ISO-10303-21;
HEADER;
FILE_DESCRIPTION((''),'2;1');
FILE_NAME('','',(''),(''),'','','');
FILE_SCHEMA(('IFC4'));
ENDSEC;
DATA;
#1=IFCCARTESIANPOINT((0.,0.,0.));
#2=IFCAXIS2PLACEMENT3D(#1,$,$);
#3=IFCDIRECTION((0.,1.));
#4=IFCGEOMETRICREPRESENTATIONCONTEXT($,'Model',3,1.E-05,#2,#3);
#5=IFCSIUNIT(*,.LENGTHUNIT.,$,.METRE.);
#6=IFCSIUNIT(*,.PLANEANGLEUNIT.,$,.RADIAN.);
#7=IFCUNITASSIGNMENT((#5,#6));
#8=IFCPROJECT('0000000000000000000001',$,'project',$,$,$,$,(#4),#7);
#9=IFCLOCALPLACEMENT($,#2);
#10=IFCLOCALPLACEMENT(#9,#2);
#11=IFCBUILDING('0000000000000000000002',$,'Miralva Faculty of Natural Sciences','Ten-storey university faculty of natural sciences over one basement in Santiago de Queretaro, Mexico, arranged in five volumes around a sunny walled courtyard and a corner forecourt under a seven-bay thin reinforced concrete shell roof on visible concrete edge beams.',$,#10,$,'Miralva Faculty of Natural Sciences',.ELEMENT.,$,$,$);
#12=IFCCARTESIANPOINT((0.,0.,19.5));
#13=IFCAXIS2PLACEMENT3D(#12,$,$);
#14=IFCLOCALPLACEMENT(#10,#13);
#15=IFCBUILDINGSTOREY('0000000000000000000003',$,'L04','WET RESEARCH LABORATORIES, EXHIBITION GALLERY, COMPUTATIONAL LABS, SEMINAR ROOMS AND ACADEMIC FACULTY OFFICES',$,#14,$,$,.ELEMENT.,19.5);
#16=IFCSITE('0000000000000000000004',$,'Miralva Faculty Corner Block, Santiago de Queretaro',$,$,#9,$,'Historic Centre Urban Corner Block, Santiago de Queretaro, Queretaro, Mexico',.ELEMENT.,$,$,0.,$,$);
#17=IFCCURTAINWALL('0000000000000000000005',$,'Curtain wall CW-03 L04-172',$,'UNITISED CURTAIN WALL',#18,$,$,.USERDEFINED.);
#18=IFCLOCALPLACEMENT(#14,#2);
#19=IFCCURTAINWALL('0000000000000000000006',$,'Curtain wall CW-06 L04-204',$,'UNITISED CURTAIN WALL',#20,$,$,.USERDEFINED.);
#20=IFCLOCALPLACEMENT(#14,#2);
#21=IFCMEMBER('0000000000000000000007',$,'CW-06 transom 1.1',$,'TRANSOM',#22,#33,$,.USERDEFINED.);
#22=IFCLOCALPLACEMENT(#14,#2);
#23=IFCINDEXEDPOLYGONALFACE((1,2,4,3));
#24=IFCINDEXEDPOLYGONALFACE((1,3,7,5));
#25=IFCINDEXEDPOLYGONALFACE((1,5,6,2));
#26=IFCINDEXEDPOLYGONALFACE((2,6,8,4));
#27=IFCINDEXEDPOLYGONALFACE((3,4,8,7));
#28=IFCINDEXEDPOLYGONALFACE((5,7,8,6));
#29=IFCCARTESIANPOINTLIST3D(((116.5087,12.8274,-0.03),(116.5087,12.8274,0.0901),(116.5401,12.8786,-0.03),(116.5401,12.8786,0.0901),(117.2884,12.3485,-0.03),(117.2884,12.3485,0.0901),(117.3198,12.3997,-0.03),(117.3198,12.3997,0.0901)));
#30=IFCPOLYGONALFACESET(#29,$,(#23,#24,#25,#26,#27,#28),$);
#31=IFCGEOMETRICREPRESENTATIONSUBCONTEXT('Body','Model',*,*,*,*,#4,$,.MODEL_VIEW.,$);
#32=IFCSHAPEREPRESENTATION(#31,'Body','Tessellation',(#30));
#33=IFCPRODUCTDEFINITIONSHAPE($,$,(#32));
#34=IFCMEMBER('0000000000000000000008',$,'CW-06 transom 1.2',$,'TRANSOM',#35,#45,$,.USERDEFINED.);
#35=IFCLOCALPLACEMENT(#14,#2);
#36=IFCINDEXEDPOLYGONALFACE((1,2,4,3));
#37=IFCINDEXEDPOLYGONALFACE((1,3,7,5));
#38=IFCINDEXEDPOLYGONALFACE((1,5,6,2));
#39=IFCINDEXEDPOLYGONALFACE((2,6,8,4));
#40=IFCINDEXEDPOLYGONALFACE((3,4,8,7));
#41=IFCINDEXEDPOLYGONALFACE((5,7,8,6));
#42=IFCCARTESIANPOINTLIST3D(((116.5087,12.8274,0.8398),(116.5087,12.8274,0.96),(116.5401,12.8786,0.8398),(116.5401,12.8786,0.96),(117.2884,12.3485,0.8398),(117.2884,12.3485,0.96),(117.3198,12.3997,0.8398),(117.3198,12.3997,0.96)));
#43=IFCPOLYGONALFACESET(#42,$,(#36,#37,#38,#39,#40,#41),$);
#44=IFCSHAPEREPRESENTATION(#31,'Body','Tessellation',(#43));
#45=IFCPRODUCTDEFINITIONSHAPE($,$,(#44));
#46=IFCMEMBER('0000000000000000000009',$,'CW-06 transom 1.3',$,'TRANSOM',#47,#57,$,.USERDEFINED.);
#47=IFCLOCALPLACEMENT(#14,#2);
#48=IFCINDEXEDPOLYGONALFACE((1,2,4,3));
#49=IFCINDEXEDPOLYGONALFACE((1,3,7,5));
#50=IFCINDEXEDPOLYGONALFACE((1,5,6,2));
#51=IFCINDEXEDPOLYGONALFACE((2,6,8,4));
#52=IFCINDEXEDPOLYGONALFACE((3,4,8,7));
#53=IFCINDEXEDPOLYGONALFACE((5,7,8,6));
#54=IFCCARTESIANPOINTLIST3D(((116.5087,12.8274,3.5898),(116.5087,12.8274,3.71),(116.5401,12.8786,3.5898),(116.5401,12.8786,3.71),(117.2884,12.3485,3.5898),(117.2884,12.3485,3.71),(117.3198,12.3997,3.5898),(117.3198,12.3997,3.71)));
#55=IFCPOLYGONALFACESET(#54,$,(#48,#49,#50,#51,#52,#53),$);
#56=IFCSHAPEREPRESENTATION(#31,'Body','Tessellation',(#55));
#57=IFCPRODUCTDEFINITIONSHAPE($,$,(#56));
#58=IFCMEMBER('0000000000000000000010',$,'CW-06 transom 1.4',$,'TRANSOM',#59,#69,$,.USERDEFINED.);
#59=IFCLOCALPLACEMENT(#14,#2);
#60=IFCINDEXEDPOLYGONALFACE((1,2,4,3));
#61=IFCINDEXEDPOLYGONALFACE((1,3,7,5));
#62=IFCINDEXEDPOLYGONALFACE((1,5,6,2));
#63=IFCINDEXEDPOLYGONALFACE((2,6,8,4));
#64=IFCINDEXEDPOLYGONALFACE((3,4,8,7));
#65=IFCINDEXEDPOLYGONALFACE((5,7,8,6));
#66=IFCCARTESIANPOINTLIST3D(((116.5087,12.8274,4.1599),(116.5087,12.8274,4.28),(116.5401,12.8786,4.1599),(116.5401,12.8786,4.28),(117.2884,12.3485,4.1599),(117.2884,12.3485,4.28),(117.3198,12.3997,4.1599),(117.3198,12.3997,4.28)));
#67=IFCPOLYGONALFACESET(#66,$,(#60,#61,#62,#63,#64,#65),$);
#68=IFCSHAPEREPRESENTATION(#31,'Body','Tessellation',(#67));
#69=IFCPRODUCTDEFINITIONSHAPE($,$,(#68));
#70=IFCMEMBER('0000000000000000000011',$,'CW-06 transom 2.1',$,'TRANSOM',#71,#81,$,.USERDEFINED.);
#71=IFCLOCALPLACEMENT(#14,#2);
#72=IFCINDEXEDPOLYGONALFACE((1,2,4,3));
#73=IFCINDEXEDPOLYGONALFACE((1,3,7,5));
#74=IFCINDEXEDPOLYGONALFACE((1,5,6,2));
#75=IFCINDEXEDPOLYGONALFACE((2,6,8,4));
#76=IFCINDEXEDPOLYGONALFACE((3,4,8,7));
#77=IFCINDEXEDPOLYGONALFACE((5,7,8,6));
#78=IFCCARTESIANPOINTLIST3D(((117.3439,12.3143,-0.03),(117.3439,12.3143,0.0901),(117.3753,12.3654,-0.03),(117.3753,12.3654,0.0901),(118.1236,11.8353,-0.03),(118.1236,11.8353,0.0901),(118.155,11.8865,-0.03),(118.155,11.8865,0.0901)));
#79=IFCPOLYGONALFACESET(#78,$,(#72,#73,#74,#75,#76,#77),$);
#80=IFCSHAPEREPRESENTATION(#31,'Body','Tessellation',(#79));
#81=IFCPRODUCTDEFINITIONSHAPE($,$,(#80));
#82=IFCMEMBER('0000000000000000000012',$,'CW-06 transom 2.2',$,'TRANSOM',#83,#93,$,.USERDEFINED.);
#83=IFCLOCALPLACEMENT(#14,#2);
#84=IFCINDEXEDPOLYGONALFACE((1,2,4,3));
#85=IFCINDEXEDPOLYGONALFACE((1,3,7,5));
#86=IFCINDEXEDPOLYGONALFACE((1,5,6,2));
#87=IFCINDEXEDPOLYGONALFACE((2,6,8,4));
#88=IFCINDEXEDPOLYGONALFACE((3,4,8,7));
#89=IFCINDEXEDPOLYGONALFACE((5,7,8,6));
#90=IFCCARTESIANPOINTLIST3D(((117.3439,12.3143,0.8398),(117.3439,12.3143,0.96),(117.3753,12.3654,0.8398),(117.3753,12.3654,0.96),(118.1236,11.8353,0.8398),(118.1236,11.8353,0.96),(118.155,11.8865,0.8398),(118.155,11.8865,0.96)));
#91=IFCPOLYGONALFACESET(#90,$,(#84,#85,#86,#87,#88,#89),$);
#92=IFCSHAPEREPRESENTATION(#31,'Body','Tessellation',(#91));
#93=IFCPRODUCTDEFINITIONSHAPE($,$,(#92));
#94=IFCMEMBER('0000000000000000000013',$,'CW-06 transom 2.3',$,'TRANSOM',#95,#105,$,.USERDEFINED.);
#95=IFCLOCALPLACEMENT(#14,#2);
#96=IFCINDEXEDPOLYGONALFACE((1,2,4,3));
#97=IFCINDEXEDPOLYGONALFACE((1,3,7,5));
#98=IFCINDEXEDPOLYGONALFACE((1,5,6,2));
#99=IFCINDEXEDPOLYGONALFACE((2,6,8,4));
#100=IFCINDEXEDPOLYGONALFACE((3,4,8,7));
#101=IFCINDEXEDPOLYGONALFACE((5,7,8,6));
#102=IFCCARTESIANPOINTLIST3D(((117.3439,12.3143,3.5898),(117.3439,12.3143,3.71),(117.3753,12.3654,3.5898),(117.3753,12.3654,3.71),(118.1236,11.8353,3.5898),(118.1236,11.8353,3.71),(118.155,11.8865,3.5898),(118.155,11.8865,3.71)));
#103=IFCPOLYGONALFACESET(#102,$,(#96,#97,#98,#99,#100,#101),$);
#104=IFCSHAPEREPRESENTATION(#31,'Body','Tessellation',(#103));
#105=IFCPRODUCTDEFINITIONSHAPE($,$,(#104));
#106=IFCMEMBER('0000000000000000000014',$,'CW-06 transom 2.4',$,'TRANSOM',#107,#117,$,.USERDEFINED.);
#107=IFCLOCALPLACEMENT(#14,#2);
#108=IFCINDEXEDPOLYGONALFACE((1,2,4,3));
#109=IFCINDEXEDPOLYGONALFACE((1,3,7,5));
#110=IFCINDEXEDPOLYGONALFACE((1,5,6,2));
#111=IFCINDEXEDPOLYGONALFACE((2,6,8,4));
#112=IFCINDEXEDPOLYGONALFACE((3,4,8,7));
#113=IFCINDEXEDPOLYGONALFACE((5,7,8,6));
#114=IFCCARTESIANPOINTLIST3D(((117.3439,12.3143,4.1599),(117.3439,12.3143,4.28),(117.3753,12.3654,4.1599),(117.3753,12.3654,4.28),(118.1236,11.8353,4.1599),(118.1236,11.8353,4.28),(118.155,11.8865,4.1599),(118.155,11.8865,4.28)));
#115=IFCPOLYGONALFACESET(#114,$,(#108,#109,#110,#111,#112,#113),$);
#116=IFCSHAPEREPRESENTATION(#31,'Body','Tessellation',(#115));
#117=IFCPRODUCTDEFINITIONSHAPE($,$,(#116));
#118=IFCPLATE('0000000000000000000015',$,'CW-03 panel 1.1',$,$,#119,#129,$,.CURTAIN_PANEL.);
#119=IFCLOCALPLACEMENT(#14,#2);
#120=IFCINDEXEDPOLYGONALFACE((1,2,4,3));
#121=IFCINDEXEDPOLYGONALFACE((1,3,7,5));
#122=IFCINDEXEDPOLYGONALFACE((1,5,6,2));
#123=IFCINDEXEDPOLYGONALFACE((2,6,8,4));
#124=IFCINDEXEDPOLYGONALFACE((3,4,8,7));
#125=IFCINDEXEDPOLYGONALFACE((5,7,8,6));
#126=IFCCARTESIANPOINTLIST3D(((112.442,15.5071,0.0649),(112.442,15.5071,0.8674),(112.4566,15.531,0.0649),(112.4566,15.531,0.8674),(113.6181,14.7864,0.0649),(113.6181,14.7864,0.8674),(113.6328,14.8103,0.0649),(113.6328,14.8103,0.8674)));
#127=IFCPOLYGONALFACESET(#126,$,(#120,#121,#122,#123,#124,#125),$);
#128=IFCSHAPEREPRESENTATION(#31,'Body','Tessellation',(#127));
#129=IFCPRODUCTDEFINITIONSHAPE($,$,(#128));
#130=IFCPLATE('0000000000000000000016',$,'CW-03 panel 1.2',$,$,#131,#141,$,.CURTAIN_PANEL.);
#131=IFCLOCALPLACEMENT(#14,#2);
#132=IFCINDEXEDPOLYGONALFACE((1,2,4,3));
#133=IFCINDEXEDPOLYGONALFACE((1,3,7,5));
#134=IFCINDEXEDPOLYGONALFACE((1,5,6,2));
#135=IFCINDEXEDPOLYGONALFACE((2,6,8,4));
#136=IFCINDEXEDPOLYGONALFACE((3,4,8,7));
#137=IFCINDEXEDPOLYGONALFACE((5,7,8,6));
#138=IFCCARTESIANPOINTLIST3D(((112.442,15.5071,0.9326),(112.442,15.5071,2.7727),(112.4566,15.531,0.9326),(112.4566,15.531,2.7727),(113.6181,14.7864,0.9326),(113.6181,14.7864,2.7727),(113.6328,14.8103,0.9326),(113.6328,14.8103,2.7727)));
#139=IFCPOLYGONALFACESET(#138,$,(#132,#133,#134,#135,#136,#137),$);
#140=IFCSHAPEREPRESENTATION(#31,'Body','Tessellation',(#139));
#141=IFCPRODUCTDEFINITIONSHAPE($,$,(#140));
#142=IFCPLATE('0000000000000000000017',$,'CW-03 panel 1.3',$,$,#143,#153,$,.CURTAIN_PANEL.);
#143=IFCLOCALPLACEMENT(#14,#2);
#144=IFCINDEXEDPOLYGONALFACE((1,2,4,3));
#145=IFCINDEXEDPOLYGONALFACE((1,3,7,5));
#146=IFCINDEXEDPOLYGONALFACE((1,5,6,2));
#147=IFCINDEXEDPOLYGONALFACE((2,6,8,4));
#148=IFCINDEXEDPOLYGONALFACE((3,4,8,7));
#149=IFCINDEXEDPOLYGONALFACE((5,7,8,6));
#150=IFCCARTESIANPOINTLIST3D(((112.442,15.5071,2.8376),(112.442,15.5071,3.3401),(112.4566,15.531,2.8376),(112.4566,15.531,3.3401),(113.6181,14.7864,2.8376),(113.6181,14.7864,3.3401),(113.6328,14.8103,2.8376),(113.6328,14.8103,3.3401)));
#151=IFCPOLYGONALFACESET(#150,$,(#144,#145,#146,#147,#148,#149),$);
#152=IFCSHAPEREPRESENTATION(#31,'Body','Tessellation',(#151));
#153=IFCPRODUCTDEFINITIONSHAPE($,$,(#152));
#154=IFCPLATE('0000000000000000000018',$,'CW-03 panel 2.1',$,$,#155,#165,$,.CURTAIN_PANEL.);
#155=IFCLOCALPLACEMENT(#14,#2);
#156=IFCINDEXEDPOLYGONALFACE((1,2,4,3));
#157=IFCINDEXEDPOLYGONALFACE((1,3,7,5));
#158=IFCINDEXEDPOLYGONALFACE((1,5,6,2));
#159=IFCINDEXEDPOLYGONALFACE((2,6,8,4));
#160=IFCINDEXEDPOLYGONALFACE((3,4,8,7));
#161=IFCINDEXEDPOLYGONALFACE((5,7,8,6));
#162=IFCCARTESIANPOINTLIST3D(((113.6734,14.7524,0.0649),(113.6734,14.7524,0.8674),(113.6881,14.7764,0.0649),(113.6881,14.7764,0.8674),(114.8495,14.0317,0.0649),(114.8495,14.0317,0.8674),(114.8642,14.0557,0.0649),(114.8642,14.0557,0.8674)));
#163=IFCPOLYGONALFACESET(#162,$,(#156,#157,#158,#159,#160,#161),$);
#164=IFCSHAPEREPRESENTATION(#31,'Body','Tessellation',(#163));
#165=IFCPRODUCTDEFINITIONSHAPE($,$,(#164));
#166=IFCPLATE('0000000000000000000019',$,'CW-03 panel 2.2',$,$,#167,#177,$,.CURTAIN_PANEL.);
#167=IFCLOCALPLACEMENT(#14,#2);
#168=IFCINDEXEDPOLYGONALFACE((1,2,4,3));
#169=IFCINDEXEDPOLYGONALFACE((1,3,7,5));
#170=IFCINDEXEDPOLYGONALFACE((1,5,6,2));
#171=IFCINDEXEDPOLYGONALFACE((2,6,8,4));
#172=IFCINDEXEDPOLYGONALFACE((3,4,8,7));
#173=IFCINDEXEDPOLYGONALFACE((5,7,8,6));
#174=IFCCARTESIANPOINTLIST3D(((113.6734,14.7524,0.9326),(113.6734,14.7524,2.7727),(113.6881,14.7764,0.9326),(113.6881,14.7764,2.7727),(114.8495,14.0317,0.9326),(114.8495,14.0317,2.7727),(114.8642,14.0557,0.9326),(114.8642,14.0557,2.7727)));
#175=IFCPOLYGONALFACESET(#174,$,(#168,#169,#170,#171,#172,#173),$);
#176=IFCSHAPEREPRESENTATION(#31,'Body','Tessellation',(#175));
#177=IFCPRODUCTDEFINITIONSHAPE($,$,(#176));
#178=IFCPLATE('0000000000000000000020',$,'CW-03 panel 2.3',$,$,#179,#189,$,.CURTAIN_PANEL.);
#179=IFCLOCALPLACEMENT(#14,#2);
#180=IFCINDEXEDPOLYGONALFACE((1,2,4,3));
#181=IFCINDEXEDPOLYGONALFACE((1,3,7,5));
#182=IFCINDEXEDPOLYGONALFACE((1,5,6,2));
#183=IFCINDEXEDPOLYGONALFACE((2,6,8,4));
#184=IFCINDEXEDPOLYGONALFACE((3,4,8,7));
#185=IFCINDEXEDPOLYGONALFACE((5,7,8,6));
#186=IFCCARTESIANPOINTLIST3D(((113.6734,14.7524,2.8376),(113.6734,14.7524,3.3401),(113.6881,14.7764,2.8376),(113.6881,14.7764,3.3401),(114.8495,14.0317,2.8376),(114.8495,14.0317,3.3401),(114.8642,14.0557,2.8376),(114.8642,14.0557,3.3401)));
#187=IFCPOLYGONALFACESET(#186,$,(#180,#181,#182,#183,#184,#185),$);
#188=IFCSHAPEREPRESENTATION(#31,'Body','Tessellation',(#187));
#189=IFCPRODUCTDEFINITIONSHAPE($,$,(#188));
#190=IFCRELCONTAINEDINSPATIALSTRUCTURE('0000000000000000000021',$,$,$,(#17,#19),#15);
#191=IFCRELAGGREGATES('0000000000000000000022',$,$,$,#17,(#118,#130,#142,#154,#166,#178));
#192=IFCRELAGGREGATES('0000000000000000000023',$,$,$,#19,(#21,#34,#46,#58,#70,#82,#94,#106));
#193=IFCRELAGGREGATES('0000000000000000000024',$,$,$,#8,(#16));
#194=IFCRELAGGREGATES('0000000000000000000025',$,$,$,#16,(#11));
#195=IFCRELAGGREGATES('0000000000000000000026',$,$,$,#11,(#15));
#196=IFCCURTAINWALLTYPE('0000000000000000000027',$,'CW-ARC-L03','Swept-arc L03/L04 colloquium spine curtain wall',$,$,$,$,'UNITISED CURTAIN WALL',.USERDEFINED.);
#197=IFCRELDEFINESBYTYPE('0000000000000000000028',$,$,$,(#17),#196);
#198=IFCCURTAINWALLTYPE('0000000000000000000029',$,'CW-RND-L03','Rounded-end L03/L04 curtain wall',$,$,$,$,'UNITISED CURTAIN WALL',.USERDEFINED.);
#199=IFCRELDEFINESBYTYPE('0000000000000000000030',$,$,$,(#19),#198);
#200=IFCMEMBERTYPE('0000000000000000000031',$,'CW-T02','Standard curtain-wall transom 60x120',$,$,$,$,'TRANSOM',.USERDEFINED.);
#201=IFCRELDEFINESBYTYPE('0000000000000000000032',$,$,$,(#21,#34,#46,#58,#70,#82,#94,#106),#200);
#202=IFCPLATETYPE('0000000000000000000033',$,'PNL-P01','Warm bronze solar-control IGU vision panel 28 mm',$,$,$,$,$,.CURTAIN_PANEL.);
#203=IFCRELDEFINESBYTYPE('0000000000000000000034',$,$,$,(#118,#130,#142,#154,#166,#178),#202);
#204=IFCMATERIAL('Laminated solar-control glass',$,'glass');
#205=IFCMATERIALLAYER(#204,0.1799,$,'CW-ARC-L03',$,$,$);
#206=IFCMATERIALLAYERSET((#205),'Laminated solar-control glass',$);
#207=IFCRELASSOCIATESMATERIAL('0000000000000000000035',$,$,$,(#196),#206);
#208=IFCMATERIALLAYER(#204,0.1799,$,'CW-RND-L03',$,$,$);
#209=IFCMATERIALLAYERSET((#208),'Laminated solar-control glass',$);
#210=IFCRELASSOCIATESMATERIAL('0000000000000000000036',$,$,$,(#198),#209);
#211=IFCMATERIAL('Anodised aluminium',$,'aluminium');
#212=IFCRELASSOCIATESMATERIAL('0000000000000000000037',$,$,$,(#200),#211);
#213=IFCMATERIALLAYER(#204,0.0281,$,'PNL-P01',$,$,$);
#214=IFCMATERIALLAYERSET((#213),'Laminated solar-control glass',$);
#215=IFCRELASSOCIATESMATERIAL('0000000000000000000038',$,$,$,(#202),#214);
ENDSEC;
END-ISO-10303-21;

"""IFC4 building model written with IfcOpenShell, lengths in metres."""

from ifc_helpers import new_model, si_unit, direction, frame, origin, origin_2d, place, context, subcontext, project, spatial, rectangle, extrude, material, layer, layer_set, material_profile, profile_set, type_object, element, aggregate, save


model = new_model("IFC4")

# Units and contexts
model_context = context("Model", 3, precision=1e-05, world=origin(), true_north=direction((0.0, 1.0)))
body_context = subcontext(model_context, "Body", "Model", "MODEL_VIEW")
ifc_project = project(units=[si_unit("LENGTHUNIT", "METRE"), si_unit("PLANEANGLEUNIT", "RADIAN")], contexts=[model_context])

# Site, building, storey
site_placement = place(None, origin())
site = spatial("IfcSite", under=ifc_project, at=site_placement, Name="Miralva Faculty Corner Block, Santiago de Queretaro", LongName="Historic Centre Urban Corner Block, Santiago de Queretaro, Queretaro, Mexico", CompositionType="ELEMENT", RefElevation=0.0)
building_placement = place(site_placement, origin())
building = spatial("IfcBuilding", under=site, at=building_placement, Name="Miralva Faculty of Natural Sciences", Description="Ten-storey university faculty of natural sciences over one basement in Santiago de Queretaro, Mexico, arranged in five volumes around a sunny walled courtyard and a corner forecourt under a seven-bay thin reinforced concrete shell roof on visible concrete edge beams.", LongName="Miralva Faculty of Natural Sciences", CompositionType="ELEMENT")
storey_placement = place(building_placement, frame((0.0, 0.0, 19.5)))
storey = spatial("IfcBuildingStorey", under=building, at=storey_placement, Name="L04", Description="WET RESEARCH LABORATORIES, EXHIBITION GALLERY, COMPUTATIONAL LABS, SEMINAR ROOMS AND ACADEMIC FACULTY OFFICES", CompositionType="ELEMENT", Elevation=19.5)

# Curtain walls
ifc_material_1 = material(Name="Laminated solar-control glass", Category="glass")
ifc_layer_1 = layer(ifc_material_1, 0.1799, Name="CW-ARC-L03")
ifc_layer_set_1 = layer_set([ifc_layer_1], Name="Laminated solar-control glass")
curtain_wall_type_1 = type_object("IfcCurtainWallType", Name="CW-ARC-L03", Description="Swept-arc L03/L04 colloquium spine curtain wall", ElementType="UNITISED CURTAIN WALL", PredefinedType="USERDEFINED", material=ifc_layer_set_1)
curtain_wall_1_placement = place(storey_placement, origin())
curtain_wall_1 = element("IfcCurtainWall", 1, at=curtain_wall_1_placement, inside=storey, type_object=curtain_wall_type_1, Name="Curtain wall CW-03 L04-172", ObjectType="UNITISED CURTAIN WALL", PredefinedType="USERDEFINED")
ifc_material_2 = material(Name="Anodised aluminium", Category="aluminium")
ifc_layer_2 = layer(ifc_material_1, 0.1799, Name="CW-RND-L03")
ifc_layer_set_2 = layer_set([ifc_layer_2], Name="Laminated solar-control glass")
curtain_wall_type_2 = type_object("IfcCurtainWallType", Name="CW-RND-L03", Description="Rounded-end L03/L04 curtain wall", ElementType="UNITISED CURTAIN WALL", PredefinedType="USERDEFINED", material=ifc_layer_set_2)
curtain_wall_2_placement = place(storey_placement, origin())
curtain_wall_2 = element("IfcCurtainWall", 2, at=curtain_wall_2_placement, inside=storey, type_object=curtain_wall_type_2, Name="Curtain wall CW-06 L04-204", ObjectType="UNITISED CURTAIN WALL", PredefinedType="USERDEFINED")

# Members
ifc_material_profile_1 = material_profile(ifc_material_2, rectangle(XDim=0.0601, YDim=0.1201, at=origin_2d()), Name="TRANSOM 60x120")
ifc_profile_set_1 = profile_set([ifc_material_profile_1], Name="Anodised aluminium")
member_type_1 = type_object("IfcMemberType", Name="CW-T02", Description="Standard curtain-wall transom 60x120", ElementType="TRANSOM", PredefinedType="USERDEFINED", material=ifc_profile_set_1)
member_1_placement = place(storey_placement, frame((116.5244, 12.853, 0.03), z_axis=(0.852079, -0.523413, 0.0), x_axis=(0.523413, 0.852079, 0.0)))
member_1 = element("IfcMember", 3, at=member_1_placement, type_object=member_type_1, Name="CW-06 transom 1.1", ObjectType="TRANSOM", PredefinedType="USERDEFINED", context=body_context, shape_type="SweptSolid", body=[
    extrude(rectangle(XDim=0.0601, YDim=0.1201, at=origin_2d()), origin(), (0.0, 0.0, 1.0), 0.915),
])
member_2_placement = place(storey_placement, frame((116.5244, 12.853, 0.8999), z_axis=(0.852079, -0.523413, 0.0), x_axis=(0.523413, 0.852079, 0.0)))
member_2 = element("IfcMember", 4, at=member_2_placement, type_object=member_type_1, Name="CW-06 transom 1.2", ObjectType="TRANSOM", PredefinedType="USERDEFINED", context=body_context, shape_type="SweptSolid", body=[
    extrude(rectangle(XDim=0.0601, YDim=0.1201, at=origin_2d()), origin(), (0.0, 0.0, 1.0), 0.915),
])
member_3_placement = place(storey_placement, frame((116.5244, 12.853, 3.6499), z_axis=(0.852079, -0.523413, 0.0), x_axis=(0.523413, 0.852079, 0.0)))
member_3 = element("IfcMember", 5, at=member_3_placement, type_object=member_type_1, Name="CW-06 transom 1.3", ObjectType="TRANSOM", PredefinedType="USERDEFINED", context=body_context, shape_type="SweptSolid", body=[
    extrude(rectangle(XDim=0.0601, YDim=0.1201, at=origin_2d()), origin(), (0.0, 0.0, 1.0), 0.915),
])
member_4_placement = place(storey_placement, frame((116.5244, 12.853, 4.22), z_axis=(0.852079, -0.523413, 0.0), x_axis=(0.523413, 0.852079, 0.0)))
member_4 = element("IfcMember", 6, at=member_4_placement, type_object=member_type_1, Name="CW-06 transom 1.4", ObjectType="TRANSOM", PredefinedType="USERDEFINED", context=body_context, shape_type="SweptSolid", body=[
    extrude(rectangle(XDim=0.0601, YDim=0.1201, at=origin_2d()), origin(), (0.0, 0.0, 1.0), 0.915),
])
member_5_placement = place(storey_placement, frame((117.3596, 12.3398, 0.03), z_axis=(0.852079, -0.523413, 0.0), x_axis=(0.523413, 0.852079, 0.0)))
member_5 = element("IfcMember", 7, at=member_5_placement, type_object=member_type_1, Name="CW-06 transom 2.1", ObjectType="TRANSOM", PredefinedType="USERDEFINED", context=body_context, shape_type="SweptSolid", body=[
    extrude(rectangle(XDim=0.0601, YDim=0.1201, at=origin_2d()), origin(), (0.0, 0.0, 1.0), 0.915),
])
member_6_placement = place(storey_placement, frame((117.3596, 12.3398, 0.8999), z_axis=(0.852079, -0.523413, 0.0), x_axis=(0.523413, 0.852079, 0.0)))
member_6 = element("IfcMember", 8, at=member_6_placement, type_object=member_type_1, Name="CW-06 transom 2.2", ObjectType="TRANSOM", PredefinedType="USERDEFINED", context=body_context, shape_type="SweptSolid", body=[
    extrude(rectangle(XDim=0.0601, YDim=0.1201, at=origin_2d()), origin(), (0.0, 0.0, 1.0), 0.915),
])
member_7_placement = place(storey_placement, frame((117.3596, 12.3398, 3.6499), z_axis=(0.852079, -0.523413, 0.0), x_axis=(0.523413, 0.852079, 0.0)))
member_7 = element("IfcMember", 9, at=member_7_placement, type_object=member_type_1, Name="CW-06 transom 2.3", ObjectType="TRANSOM", PredefinedType="USERDEFINED", context=body_context, shape_type="SweptSolid", body=[
    extrude(rectangle(XDim=0.0601, YDim=0.1201, at=origin_2d()), origin(), (0.0, 0.0, 1.0), 0.915),
])
member_8_placement = place(storey_placement, frame((117.3596, 12.3398, 4.22), z_axis=(0.852079, -0.523413, 0.0), x_axis=(0.523413, 0.852079, 0.0)))
member_8 = element("IfcMember", 10, at=member_8_placement, type_object=member_type_1, Name="CW-06 transom 2.4", ObjectType="TRANSOM", PredefinedType="USERDEFINED", context=body_context, shape_type="SweptSolid", body=[
    extrude(rectangle(XDim=0.0601, YDim=0.1201, at=origin_2d()), origin(), (0.0, 0.0, 1.0), 0.915),
])

# Plates
ifc_layer_3 = layer(ifc_material_1, 0.0281, Name="PNL-P01")
ifc_layer_set_3 = layer_set([ifc_layer_3], Name="Laminated solar-control glass")
plate_type = type_object("IfcPlateType", Name="PNL-P01", Description="Warm bronze solar-control IGU vision panel 28 mm", PredefinedType="CURTAIN_PANEL", material=ifc_layer_set_3)
plate_1_placement = place(storey_placement, frame((113.0374, 15.1587, 0.0649), z_axis=(0.0, 0.0, 1.0), x_axis=(0.852646, -0.522489, 0.0)))
plate_1 = element("IfcPlate", 11, at=plate_1_placement, type_object=plate_type, Name="CW-03 panel 1.1", PredefinedType="CURTAIN_PANEL", context=body_context, shape_type="SweptSolid", body=[
    extrude(rectangle(XDim=1.3794, YDim=0.0281, at=origin_2d()), origin(), (0.0, 0.0, 1.0), 0.8025),
])
plate_2_placement = place(storey_placement, frame((113.0374, 15.1587, 0.9326), z_axis=(0.0, 0.0, 1.0), x_axis=(0.852646, -0.522489, 0.0)))
plate_2 = element("IfcPlate", 12, at=plate_2_placement, type_object=plate_type, Name="CW-03 panel 1.2", PredefinedType="CURTAIN_PANEL", context=body_context, shape_type="SweptSolid", body=[
    extrude(rectangle(XDim=1.3794, YDim=0.0281, at=origin_2d()), origin(), (0.0, 0.0, 1.0), 1.8401),
])
plate_3_placement = place(storey_placement, frame((113.0374, 15.1587, 2.8376), z_axis=(0.0, 0.0, 1.0), x_axis=(0.852646, -0.522489, 0.0)))
plate_3 = element("IfcPlate", 13, at=plate_3_placement, type_object=plate_type, Name="CW-03 panel 1.3", PredefinedType="CURTAIN_PANEL", context=body_context, shape_type="SweptSolid", body=[
    extrude(rectangle(XDim=1.3794, YDim=0.0281, at=origin_2d()), origin(), (0.0, 0.0, 1.0), 0.5024),
])
plate_4_placement = place(storey_placement, frame((114.2688, 14.4041, 0.0649), z_axis=(0.0, 0.0, 1.0), x_axis=(0.852646, -0.522489, 0.0)))
plate_4 = element("IfcPlate", 14, at=plate_4_placement, type_object=plate_type, Name="CW-03 panel 2.1", PredefinedType="CURTAIN_PANEL", context=body_context, shape_type="SweptSolid", body=[
    extrude(rectangle(XDim=1.3794, YDim=0.0281, at=origin_2d()), origin(), (0.0, 0.0, 1.0), 0.8025),
])
plate_5_placement = place(storey_placement, frame((114.2688, 14.4041, 0.9326), z_axis=(0.0, 0.0, 1.0), x_axis=(0.852646, -0.522489, 0.0)))
plate_5 = element("IfcPlate", 15, at=plate_5_placement, type_object=plate_type, Name="CW-03 panel 2.2", PredefinedType="CURTAIN_PANEL", context=body_context, shape_type="SweptSolid", body=[
    extrude(rectangle(XDim=1.3794, YDim=0.0281, at=origin_2d()), origin(), (0.0, 0.0, 1.0), 1.8401),
])
plate_6_placement = place(storey_placement, frame((114.2688, 14.4041, 2.8376), z_axis=(0.0, 0.0, 1.0), x_axis=(0.852646, -0.522489, 0.0)))
plate_6 = element("IfcPlate", 16, at=plate_6_placement, type_object=plate_type, Name="CW-03 panel 2.3", PredefinedType="CURTAIN_PANEL", context=body_context, shape_type="SweptSolid", body=[
    extrude(rectangle(XDim=1.3794, YDim=0.0281, at=origin_2d()), origin(), (0.0, 0.0, 1.0), 0.5024),
])
aggregate(curtain_wall_1, [plate_1, plate_2, plate_3, plate_4, plate_5, plate_6])
aggregate(curtain_wall_2, [member_1, member_2, member_3, member_4, member_5, member_6, member_7, member_8])

save(model, "model.ifc")
